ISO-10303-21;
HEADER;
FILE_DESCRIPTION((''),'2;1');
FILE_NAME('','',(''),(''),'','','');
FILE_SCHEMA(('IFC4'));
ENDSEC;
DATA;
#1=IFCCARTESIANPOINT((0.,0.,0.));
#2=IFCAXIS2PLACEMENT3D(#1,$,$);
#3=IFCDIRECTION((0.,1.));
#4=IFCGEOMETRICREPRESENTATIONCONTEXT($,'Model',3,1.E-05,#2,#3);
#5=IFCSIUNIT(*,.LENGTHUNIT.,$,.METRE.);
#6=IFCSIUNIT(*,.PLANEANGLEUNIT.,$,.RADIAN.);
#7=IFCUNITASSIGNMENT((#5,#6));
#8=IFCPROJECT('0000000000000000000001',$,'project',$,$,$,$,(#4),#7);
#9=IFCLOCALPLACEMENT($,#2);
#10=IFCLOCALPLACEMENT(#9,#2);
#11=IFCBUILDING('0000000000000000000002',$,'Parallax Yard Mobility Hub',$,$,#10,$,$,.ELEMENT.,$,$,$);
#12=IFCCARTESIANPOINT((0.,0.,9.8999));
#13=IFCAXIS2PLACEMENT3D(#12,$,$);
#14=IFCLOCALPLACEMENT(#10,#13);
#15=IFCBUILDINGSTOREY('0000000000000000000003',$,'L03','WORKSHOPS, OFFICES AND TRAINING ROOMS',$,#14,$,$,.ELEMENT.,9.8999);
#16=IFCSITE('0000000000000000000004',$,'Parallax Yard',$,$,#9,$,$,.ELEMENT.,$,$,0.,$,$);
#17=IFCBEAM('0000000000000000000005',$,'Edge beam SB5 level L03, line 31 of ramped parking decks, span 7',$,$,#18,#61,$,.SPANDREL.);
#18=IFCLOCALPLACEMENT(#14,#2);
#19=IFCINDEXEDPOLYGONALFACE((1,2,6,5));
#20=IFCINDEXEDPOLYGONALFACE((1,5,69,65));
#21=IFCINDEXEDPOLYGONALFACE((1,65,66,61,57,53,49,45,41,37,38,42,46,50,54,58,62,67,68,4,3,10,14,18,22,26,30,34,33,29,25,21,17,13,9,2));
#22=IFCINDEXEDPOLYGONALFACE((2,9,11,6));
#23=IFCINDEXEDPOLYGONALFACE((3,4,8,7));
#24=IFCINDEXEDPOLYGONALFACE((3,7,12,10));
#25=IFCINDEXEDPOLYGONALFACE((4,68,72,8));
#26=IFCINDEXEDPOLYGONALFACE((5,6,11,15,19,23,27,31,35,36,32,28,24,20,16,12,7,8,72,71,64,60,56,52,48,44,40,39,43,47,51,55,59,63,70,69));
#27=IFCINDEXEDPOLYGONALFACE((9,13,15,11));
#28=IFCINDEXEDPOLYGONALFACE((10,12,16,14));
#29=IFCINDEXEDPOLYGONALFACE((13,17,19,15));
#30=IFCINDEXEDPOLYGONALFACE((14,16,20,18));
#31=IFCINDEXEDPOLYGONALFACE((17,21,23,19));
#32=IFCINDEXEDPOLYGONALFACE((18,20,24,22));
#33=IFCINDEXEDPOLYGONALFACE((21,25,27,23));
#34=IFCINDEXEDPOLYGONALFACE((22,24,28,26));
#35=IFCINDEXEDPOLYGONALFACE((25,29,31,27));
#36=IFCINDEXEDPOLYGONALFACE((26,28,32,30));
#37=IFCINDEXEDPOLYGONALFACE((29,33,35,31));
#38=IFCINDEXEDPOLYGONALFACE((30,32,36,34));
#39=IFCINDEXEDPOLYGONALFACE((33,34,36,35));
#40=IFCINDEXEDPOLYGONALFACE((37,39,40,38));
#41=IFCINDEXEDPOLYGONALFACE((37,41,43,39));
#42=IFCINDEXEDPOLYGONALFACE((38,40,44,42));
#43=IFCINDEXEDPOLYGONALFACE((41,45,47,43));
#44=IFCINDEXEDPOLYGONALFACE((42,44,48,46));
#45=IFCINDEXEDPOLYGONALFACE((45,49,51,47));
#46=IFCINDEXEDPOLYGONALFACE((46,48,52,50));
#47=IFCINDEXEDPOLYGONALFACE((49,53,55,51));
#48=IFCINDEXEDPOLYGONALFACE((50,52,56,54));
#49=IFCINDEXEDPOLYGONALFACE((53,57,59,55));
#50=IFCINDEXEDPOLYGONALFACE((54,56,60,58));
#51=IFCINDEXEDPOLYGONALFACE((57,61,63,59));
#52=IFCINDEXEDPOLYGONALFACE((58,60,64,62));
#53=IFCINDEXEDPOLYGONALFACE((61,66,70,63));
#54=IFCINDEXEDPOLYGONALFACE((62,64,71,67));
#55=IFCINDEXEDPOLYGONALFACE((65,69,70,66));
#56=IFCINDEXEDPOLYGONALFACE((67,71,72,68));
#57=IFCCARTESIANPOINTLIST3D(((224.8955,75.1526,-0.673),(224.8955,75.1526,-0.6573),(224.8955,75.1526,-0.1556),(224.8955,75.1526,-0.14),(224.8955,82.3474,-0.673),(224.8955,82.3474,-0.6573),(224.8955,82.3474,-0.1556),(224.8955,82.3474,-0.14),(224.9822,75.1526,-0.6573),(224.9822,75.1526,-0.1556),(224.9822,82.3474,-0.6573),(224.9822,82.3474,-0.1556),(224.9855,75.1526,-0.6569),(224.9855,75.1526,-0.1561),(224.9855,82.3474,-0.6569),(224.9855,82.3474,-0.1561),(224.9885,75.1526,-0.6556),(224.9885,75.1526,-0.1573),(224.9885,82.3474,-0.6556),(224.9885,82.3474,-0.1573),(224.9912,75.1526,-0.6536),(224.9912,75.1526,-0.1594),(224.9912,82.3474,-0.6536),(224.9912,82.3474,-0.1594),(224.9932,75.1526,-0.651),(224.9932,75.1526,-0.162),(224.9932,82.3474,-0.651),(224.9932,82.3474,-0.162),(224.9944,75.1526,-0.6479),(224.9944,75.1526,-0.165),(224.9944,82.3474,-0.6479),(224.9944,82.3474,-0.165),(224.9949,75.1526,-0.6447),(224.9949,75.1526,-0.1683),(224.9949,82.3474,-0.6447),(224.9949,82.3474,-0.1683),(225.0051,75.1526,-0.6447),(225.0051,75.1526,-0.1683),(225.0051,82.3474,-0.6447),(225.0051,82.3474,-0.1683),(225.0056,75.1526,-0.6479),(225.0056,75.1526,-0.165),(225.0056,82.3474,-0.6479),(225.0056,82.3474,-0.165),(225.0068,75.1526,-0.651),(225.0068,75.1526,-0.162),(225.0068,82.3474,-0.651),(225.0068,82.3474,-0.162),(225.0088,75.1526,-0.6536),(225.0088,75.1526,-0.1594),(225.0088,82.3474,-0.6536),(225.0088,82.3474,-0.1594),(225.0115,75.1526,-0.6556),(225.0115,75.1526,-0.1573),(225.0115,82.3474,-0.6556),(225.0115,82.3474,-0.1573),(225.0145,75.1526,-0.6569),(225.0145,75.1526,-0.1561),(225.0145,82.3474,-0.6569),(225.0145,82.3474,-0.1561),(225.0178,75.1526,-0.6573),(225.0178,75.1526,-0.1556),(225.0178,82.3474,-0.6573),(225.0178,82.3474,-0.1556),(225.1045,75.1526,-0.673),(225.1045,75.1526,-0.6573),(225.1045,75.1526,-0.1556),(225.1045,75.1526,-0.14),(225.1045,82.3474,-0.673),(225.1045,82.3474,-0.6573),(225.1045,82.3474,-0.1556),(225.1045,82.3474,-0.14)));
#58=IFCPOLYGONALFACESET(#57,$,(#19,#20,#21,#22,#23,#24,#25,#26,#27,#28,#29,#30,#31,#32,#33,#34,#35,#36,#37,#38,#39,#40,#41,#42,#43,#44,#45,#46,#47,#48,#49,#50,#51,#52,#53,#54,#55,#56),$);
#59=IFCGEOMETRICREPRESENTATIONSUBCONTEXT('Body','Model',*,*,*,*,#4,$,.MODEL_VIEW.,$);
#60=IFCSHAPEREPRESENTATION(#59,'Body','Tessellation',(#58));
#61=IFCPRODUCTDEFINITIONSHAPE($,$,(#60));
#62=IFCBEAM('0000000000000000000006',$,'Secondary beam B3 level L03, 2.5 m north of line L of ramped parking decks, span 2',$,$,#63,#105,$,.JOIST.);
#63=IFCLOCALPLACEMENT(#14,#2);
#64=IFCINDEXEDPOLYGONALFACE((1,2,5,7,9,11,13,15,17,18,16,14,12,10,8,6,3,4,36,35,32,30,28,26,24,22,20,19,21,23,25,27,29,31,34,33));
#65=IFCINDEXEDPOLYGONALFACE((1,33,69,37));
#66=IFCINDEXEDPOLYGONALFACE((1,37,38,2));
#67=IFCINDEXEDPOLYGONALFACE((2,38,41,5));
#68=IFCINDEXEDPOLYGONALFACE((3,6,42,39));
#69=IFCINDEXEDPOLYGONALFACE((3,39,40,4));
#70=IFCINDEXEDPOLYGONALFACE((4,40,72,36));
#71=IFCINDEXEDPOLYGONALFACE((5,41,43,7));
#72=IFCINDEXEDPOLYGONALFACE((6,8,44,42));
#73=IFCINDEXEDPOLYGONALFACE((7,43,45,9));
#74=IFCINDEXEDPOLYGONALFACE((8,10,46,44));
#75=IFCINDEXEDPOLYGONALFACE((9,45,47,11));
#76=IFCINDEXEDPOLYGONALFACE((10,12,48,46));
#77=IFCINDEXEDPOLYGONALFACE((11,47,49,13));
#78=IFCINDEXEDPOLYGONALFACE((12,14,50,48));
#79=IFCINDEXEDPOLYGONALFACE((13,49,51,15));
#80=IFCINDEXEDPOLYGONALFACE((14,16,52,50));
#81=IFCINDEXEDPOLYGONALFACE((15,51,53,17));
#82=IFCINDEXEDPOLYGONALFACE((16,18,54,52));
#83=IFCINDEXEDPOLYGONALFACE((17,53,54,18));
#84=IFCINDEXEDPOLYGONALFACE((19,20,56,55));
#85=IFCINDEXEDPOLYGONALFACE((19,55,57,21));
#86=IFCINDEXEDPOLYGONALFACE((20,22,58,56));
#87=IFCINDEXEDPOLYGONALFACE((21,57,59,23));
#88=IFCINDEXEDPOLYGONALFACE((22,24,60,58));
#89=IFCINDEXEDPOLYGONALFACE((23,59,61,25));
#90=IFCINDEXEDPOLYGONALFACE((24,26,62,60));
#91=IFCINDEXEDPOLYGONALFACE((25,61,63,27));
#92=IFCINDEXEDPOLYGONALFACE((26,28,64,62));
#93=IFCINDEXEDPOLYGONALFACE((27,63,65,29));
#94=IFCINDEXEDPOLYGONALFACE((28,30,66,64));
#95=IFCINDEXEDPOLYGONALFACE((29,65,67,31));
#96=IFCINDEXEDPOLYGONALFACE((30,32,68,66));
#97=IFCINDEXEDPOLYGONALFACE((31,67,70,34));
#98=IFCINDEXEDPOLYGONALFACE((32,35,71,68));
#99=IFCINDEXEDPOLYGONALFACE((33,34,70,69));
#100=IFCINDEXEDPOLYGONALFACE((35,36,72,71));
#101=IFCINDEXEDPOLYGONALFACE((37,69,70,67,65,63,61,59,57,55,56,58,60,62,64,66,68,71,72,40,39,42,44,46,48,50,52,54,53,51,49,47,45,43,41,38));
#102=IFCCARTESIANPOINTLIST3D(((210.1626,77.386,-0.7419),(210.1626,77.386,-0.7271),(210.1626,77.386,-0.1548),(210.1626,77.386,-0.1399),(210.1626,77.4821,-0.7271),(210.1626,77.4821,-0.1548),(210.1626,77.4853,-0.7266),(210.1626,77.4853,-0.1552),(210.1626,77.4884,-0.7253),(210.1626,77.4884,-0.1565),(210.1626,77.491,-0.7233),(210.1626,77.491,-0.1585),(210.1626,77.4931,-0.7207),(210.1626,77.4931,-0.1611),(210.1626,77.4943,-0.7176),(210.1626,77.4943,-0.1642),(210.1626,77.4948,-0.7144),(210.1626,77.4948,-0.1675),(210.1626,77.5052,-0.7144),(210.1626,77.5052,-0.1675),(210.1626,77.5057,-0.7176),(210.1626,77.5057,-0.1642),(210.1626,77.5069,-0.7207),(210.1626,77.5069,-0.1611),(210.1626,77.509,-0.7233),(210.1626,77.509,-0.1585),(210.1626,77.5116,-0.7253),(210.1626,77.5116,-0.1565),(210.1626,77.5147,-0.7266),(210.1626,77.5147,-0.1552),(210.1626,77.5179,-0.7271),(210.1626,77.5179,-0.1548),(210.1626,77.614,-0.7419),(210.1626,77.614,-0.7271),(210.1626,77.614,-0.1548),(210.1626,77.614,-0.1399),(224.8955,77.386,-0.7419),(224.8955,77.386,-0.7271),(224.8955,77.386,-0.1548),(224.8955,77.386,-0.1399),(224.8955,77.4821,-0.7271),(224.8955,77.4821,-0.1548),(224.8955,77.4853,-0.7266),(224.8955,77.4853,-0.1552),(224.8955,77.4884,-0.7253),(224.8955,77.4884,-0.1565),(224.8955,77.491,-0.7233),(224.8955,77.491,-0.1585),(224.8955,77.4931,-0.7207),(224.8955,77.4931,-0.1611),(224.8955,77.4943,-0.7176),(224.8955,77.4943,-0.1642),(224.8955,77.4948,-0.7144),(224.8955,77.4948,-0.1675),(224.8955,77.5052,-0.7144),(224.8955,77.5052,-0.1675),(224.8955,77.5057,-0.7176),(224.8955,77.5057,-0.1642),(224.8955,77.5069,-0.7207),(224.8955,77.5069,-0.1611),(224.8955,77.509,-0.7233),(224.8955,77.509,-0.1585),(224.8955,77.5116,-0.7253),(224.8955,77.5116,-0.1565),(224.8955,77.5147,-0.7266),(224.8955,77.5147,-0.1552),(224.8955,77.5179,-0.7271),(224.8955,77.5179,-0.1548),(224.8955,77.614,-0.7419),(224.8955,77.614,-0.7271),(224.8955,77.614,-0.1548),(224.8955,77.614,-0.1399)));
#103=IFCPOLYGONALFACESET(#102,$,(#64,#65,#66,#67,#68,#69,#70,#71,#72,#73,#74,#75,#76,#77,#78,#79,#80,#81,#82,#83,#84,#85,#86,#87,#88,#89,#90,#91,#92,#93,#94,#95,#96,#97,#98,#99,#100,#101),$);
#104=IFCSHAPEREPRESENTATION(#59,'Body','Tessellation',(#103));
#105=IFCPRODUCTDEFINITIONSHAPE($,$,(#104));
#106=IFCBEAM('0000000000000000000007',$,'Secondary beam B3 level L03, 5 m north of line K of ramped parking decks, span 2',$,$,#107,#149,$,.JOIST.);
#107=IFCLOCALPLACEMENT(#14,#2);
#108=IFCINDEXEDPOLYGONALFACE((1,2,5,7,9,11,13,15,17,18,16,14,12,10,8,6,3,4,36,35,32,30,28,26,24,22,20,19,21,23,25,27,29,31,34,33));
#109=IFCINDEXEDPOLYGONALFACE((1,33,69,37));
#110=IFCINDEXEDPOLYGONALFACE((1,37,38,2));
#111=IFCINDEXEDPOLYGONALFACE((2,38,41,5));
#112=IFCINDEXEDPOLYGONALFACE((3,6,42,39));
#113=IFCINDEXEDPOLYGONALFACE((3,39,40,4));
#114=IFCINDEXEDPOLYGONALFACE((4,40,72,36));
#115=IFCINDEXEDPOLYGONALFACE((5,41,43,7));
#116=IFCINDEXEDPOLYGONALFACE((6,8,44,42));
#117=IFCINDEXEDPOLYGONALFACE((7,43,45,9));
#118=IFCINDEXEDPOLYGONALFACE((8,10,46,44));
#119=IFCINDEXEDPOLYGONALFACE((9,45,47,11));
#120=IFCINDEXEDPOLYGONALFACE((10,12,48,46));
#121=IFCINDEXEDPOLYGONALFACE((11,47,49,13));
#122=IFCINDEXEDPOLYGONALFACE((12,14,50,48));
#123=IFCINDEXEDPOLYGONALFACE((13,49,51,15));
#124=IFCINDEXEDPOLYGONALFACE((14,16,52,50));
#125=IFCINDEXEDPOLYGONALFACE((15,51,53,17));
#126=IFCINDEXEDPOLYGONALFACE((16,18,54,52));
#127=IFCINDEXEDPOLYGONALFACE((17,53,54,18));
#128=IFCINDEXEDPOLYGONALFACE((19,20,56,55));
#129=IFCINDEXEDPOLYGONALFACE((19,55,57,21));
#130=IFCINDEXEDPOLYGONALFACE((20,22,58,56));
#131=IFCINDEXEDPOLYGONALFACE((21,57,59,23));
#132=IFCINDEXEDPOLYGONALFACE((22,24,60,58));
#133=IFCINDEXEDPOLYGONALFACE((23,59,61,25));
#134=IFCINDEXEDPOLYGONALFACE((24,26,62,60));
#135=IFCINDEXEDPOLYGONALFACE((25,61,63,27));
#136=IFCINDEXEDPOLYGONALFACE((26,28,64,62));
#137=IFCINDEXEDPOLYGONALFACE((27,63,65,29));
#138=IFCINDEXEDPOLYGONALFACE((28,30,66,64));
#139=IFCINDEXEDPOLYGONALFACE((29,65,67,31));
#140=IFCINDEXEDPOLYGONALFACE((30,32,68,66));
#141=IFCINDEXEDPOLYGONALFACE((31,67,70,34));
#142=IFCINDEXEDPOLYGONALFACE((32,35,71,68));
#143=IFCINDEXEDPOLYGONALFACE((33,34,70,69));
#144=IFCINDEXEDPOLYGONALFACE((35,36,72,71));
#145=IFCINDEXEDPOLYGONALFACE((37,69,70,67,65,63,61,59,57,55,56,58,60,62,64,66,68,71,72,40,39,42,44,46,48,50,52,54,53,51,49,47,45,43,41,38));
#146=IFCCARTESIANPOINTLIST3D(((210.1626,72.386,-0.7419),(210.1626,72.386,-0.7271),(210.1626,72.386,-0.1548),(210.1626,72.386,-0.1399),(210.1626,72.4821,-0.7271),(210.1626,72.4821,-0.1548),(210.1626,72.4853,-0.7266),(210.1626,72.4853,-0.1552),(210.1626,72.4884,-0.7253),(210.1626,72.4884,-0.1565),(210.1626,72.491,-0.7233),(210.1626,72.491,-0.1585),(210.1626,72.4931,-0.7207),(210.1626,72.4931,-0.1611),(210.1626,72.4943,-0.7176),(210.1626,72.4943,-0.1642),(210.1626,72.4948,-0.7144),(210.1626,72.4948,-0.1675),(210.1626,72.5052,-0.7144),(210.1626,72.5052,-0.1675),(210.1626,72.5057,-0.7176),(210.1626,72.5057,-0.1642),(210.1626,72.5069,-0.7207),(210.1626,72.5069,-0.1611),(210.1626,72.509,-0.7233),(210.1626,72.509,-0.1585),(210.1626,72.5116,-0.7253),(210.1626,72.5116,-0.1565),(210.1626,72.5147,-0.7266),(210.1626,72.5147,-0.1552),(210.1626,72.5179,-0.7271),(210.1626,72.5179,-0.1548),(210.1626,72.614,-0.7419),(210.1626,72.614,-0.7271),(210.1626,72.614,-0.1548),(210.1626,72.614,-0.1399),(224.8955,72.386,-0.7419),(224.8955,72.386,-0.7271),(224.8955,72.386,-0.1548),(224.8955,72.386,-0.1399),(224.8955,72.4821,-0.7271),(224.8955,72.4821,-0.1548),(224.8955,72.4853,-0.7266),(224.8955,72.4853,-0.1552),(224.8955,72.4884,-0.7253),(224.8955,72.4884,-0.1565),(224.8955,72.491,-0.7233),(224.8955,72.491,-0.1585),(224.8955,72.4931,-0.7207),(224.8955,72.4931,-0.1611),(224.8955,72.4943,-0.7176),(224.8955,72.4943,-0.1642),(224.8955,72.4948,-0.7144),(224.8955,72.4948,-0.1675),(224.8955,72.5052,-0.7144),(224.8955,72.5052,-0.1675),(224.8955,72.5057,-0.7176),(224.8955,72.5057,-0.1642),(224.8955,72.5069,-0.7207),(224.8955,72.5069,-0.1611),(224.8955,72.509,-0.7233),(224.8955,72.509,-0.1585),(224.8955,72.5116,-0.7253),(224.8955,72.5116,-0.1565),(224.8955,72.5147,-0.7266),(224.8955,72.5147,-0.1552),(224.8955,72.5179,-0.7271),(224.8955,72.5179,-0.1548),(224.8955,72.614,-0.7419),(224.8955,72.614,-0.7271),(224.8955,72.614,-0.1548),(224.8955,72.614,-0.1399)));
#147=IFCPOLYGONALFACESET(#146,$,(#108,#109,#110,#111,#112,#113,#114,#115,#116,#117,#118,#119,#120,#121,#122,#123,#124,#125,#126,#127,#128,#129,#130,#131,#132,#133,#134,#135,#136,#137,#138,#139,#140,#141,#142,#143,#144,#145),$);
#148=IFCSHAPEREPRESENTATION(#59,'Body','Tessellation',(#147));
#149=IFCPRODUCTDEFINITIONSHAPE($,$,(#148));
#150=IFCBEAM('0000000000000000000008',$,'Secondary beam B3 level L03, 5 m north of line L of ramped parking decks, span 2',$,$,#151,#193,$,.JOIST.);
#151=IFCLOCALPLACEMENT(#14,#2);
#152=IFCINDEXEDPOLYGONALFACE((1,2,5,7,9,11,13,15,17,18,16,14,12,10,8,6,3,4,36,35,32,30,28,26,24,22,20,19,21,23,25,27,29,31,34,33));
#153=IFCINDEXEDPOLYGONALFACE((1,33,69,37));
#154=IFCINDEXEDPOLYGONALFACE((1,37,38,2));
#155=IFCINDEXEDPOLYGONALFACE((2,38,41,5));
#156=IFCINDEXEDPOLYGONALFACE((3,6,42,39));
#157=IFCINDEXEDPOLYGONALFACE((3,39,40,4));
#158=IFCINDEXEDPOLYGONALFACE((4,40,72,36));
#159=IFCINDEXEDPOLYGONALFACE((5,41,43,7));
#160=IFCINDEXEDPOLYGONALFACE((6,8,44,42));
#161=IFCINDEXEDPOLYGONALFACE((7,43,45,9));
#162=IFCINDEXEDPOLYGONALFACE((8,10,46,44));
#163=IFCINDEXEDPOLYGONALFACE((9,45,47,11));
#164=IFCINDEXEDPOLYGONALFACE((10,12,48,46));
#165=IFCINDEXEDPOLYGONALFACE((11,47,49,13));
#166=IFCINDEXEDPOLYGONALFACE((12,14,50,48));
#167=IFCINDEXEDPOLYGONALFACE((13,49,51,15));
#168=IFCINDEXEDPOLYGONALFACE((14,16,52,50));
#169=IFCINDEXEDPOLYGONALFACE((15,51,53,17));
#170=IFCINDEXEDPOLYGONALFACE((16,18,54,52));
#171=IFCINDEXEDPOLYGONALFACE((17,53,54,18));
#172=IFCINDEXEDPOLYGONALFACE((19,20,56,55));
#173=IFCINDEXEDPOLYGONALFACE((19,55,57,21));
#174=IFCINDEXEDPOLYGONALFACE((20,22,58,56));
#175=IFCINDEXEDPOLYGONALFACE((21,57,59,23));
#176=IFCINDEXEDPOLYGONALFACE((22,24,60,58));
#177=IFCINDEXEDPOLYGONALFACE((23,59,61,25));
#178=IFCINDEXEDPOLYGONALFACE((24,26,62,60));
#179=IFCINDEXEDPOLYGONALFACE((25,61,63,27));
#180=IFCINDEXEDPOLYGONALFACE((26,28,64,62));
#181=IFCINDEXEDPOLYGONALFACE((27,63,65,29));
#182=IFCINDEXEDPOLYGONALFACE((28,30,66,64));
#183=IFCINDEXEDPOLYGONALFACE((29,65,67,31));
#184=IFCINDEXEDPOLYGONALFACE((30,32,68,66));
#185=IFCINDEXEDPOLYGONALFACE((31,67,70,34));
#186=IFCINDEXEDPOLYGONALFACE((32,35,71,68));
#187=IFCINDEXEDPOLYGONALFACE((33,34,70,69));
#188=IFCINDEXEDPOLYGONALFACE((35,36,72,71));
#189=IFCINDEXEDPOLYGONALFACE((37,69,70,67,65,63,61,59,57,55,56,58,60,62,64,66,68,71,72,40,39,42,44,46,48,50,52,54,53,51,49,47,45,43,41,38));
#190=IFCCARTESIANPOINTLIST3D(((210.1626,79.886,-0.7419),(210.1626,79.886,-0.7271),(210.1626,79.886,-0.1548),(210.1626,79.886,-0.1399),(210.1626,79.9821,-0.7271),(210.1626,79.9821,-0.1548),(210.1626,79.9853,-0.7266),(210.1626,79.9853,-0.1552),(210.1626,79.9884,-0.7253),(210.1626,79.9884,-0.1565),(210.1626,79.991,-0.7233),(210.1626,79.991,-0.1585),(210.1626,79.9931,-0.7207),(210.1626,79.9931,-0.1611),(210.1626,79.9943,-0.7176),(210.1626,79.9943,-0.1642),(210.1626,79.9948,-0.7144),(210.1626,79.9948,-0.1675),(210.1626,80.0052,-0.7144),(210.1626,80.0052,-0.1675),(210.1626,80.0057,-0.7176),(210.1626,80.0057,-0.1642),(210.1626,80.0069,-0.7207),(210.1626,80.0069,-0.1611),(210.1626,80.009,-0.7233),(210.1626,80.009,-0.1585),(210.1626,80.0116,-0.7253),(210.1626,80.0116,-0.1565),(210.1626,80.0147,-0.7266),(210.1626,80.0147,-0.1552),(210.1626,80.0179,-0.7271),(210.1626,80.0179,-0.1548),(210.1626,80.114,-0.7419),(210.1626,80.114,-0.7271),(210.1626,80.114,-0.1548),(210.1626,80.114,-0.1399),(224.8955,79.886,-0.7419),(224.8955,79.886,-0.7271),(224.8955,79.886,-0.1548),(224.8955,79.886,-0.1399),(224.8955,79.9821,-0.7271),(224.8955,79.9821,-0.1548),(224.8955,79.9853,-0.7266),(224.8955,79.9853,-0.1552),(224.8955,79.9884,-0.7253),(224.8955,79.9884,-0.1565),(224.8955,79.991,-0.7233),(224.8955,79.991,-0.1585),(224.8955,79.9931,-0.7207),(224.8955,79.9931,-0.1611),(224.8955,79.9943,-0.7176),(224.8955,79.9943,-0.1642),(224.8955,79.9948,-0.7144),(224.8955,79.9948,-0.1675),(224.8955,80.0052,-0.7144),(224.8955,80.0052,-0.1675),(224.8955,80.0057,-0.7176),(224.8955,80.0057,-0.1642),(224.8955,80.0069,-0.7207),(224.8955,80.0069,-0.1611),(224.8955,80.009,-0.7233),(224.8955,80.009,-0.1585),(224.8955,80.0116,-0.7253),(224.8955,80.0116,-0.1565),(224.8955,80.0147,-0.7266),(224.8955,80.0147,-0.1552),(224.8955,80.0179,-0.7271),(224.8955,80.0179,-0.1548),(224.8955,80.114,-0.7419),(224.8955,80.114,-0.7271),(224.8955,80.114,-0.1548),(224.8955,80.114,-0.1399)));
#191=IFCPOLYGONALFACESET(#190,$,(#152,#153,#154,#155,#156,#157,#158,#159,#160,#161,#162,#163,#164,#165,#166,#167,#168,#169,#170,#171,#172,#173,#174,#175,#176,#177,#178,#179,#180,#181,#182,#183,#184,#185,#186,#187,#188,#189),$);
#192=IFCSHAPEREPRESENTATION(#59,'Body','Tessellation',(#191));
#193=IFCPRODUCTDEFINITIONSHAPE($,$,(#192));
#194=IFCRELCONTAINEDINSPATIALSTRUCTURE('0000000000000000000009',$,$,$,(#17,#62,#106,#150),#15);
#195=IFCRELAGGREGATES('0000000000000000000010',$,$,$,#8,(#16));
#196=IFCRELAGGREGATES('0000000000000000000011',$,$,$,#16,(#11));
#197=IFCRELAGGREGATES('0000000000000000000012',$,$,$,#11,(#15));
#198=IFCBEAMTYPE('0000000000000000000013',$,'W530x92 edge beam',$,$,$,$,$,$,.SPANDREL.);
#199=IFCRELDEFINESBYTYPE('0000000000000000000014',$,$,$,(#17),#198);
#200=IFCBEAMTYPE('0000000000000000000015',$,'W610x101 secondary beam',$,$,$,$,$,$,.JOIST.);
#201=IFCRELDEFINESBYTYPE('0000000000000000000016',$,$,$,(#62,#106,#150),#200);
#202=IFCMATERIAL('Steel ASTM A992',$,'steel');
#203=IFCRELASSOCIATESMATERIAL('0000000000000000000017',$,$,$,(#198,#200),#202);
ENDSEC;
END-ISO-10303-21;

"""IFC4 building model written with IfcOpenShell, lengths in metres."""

from ifc_helpers import new_model, si_unit, direction, frame, origin, origin_2d, place, context, subcontext, project, spatial, i_section, extrude, material, material_profile, profile_set, type_object, element, save


model = new_model("IFC4")

# Units and contexts
model_context = context("Model", 3, precision=1e-05, world=origin(), true_north=direction((0.0, 1.0)))
body_context = subcontext(model_context, "Body", "Model", "MODEL_VIEW")
ifc_project = project(units=[si_unit("LENGTHUNIT", "METRE"), si_unit("PLANEANGLEUNIT", "RADIAN")], contexts=[model_context])

# Site, building, storey
site_placement = place(None, origin())
site = spatial("IfcSite", under=ifc_project, at=site_placement, Name="Parallax Yard", CompositionType="ELEMENT", RefElevation=0.0)
building_placement = place(site_placement, origin())
building = spatial("IfcBuilding", under=site, at=building_placement, Name="Parallax Yard Mobility Hub", CompositionType="ELEMENT")
storey_placement = place(building_placement, frame((0.0, 0.0, 9.8999)))
storey = spatial("IfcBuildingStorey", under=building, at=storey_placement, Name="L03", Description="WORKSHOPS, OFFICES AND TRAINING ROOMS", CompositionType="ELEMENT", Elevation=9.8999)

# Shared definitions
ifc_material_1 = material(Name="Steel ASTM A992", Category="steel")

# Beams
ifc_material_profile_1 = material_profile(ifc_material_1, i_section(OverallWidth=0.209, OverallDepth=0.533, WebThickness=0.0103, FlangeThickness=0.0156, FilletRadius=0.0127, at=origin_2d()), Name="W530x92")
ifc_profile_set_1 = profile_set([ifc_material_profile_1], Name="Steel ASTM A992")
beam_type_1 = type_object("IfcBeamType", Name="W530x92 edge beam", PredefinedType="SPANDREL", material=ifc_profile_set_1)
beam_1_placement = place(storey_placement, frame((225.0, 75.1526, -0.4065), z_axis=(0.0, 1.0, 0.0), x_axis=(-1.0, 0.0, 0.0)))
element("IfcBeam", 1, at=beam_1_placement, inside=storey, type_object=beam_type_1, Name="Edge beam SB5 level L03, line 31 of ramped parking decks, span 7", PredefinedType="SPANDREL", context=body_context, shape_type="SweptSolid", body=[
    extrude(i_section(OverallWidth=0.209, OverallDepth=0.533, WebThickness=0.0103, FlangeThickness=0.0156, FilletRadius=0.0127, at=origin_2d()), origin(), (0.0, 0.0, 1.0), 7.1948),
])
ifc_material_profile_2 = material_profile(ifc_material_1, i_section(OverallWidth=0.228, OverallDepth=0.6021, WebThickness=0.0105, FlangeThickness=0.0149, FilletRadius=0.0127, at=origin_2d()), Name="W610x101")
ifc_profile_set_2 = profile_set([ifc_material_profile_2], Name="Steel ASTM A992")
beam_type_2 = type_object("IfcBeamType", Name="W610x101 secondary beam", PredefinedType="JOIST", material=ifc_profile_set_2)
for number, where, z_axis, x_axis, name in (
    (2, (210.1626, 77.5, -0.4409), (1.0, 0.0, 0.0), (0.0, 1.0, 0.0), "Secondary beam B3 level L03, 2.5 m north of line L of ramped parking decks, span 2"),
    (3, (210.1626, 72.5, -0.4409), (1.0, 0.0, 0.0), (0.0, 1.0, 0.0), "Secondary beam B3 level L03, 5 m north of line K of ramped parking decks, span 2"),
    (4, (210.1626, 80.0, -0.4409), (1.0, 0.0, 0.0), (0.0, 1.0, 0.0), "Secondary beam B3 level L03, 5 m north of line L of ramped parking decks, span 2"),
):
    element("IfcBeam", number, at=place(storey_placement, frame(where, z_axis=z_axis, x_axis=x_axis)), inside=storey, type_object=beam_type_2, Name=name, PredefinedType="JOIST", context=body_context, shape_type="SweptSolid", body=[
        extrude(i_section(OverallWidth=0.228, OverallDepth=0.6021, WebThickness=0.0105, FlangeThickness=0.0149, FilletRadius=0.0127, at=origin_2d()), origin(), (0.0, 0.0, 1.0), 14.7329),
    ])

save(model, "model.ifc")
